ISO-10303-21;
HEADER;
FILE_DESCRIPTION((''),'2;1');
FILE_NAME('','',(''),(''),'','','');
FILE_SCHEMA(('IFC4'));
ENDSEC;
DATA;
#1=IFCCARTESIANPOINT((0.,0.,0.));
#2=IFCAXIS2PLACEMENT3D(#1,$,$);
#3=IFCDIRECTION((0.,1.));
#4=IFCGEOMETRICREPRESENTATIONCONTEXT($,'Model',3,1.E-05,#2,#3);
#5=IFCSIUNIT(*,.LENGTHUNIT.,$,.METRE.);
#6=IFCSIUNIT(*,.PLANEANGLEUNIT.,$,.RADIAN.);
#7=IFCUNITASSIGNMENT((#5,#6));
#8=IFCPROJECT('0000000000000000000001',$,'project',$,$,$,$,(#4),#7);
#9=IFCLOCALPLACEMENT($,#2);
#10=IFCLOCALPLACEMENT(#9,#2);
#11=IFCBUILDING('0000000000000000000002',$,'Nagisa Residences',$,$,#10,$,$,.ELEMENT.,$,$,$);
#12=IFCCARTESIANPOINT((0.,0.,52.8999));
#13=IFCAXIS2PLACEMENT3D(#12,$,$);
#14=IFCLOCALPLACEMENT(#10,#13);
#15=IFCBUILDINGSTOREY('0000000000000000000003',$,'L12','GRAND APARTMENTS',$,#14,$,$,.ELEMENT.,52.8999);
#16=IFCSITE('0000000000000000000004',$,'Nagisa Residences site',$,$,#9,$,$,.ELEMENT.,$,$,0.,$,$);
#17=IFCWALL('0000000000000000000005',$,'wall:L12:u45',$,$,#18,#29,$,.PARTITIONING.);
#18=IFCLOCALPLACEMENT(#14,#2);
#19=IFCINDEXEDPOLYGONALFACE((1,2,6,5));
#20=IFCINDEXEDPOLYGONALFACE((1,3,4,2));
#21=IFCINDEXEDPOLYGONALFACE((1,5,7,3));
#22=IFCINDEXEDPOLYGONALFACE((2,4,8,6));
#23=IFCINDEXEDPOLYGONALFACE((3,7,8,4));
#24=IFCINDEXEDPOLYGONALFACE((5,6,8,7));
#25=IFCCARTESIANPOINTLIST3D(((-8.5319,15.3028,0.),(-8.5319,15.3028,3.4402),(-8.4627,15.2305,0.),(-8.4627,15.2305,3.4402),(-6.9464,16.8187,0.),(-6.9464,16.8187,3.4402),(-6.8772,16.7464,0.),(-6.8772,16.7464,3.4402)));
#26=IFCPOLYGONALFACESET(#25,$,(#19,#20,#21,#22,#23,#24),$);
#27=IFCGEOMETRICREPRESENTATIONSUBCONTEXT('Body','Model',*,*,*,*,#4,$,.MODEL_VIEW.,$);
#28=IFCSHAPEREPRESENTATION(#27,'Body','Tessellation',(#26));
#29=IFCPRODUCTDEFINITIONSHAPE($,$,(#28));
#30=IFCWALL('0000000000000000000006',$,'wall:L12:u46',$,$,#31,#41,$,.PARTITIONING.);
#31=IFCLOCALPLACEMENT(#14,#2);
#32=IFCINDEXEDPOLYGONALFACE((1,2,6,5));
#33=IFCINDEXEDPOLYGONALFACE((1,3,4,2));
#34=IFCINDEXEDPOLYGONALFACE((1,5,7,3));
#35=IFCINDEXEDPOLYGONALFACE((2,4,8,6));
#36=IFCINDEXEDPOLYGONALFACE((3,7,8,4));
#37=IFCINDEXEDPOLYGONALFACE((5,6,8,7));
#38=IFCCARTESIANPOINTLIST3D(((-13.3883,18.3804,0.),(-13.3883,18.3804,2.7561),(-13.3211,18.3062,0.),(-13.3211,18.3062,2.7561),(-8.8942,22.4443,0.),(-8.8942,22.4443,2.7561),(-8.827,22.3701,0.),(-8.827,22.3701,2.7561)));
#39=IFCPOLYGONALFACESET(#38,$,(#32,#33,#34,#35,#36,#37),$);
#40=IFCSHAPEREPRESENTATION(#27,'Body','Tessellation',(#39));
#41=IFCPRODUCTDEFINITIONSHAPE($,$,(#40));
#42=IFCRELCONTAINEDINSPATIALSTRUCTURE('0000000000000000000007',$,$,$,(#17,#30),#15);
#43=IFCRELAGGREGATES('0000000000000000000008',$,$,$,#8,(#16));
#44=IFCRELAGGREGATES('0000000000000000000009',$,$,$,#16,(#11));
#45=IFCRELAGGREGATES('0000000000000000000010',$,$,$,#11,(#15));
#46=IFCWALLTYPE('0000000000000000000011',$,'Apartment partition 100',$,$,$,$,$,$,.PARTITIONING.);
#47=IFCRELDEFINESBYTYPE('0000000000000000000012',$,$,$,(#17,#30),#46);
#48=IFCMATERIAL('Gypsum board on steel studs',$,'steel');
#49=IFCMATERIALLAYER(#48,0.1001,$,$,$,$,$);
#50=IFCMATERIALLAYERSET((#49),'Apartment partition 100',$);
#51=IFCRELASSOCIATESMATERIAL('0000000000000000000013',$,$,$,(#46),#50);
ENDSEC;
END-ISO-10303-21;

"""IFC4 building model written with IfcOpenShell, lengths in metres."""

from ifc_helpers import new_model, si_unit, direction, frame, frame_2d, origin, place, context, subcontext, project, spatial, rectangle, extrude, material, layer, layer_set, type_object, element, save


model = new_model("IFC4")

# Units and contexts
model_context = context("Model", 3, precision=1e-05, world=origin(), true_north=direction((0.0, 1.0)))
body_context = subcontext(model_context, "Body", "Model", "MODEL_VIEW")
ifc_project = project(units=[si_unit("LENGTHUNIT", "METRE"), si_unit("PLANEANGLEUNIT", "RADIAN")], contexts=[model_context])

# Site, building, storey
site_placement = place(None, origin())
site = spatial("IfcSite", under=ifc_project, at=site_placement, Name="Nagisa Residences site", CompositionType="ELEMENT", RefElevation=0.0)
building_placement = place(site_placement, origin())
building = spatial("IfcBuilding", under=site, at=building_placement, Name="Nagisa Residences", CompositionType="ELEMENT")
storey_placement = place(building_placement, frame((0.0, 0.0, 52.8999)))
storey = spatial("IfcBuildingStorey", under=building, at=storey_placement, Name="L12", Description="GRAND APARTMENTS", CompositionType="ELEMENT", Elevation=52.8999)

# Shared definitions
ifc_material_1 = material(Name="Gypsum board on steel studs", Category="steel")
ifc_layer_1 = layer(ifc_material_1, 0.1001)
ifc_layer_set_1 = layer_set([ifc_layer_1], Name="Apartment partition 100")
wall_type_1 = type_object("IfcWallType", Name="Apartment partition 100", PredefinedType="PARTITIONING", material=ifc_layer_set_1)

# Walls
wall_1_placement = place(storey_placement, frame((-6.9119, 16.7825, 0.0), z_axis=(0.0, 0.0, 1.0), x_axis=(-0.722789, -0.691068, 0.0)))
element("IfcWall", 1, at=wall_1_placement, inside=storey, type_object=wall_type_1, Name="wall:L12:u45", PredefinedType="PARTITIONING", context=body_context, shape_type="SweptSolid", body=[
    extrude(rectangle(XDim=2.1936, YDim=0.1001, at=frame_2d((1.0967, 0.0))), origin(), (0.0, 0.0, 1.0), 3.4402),
])
wall_2_placement = place(storey_placement, frame((-8.8606, 22.4072, 0.0), z_axis=(0.0, 0.0, 1.0), x_axis=(-0.741713, -0.670717, 0.0)))
element("IfcWall", 2, at=wall_2_placement, inside=storey, type_object=wall_type_1, Name="wall:L12:u46", PredefinedType="PARTITIONING", context=body_context, shape_type="SweptSolid", body=[
    extrude(rectangle(XDim=6.0591, YDim=0.1001, at=frame_2d((3.0295, 0.0))), origin(), (0.0, 0.0, 1.0), 2.7561),
])

save(model, "model.ifc")
